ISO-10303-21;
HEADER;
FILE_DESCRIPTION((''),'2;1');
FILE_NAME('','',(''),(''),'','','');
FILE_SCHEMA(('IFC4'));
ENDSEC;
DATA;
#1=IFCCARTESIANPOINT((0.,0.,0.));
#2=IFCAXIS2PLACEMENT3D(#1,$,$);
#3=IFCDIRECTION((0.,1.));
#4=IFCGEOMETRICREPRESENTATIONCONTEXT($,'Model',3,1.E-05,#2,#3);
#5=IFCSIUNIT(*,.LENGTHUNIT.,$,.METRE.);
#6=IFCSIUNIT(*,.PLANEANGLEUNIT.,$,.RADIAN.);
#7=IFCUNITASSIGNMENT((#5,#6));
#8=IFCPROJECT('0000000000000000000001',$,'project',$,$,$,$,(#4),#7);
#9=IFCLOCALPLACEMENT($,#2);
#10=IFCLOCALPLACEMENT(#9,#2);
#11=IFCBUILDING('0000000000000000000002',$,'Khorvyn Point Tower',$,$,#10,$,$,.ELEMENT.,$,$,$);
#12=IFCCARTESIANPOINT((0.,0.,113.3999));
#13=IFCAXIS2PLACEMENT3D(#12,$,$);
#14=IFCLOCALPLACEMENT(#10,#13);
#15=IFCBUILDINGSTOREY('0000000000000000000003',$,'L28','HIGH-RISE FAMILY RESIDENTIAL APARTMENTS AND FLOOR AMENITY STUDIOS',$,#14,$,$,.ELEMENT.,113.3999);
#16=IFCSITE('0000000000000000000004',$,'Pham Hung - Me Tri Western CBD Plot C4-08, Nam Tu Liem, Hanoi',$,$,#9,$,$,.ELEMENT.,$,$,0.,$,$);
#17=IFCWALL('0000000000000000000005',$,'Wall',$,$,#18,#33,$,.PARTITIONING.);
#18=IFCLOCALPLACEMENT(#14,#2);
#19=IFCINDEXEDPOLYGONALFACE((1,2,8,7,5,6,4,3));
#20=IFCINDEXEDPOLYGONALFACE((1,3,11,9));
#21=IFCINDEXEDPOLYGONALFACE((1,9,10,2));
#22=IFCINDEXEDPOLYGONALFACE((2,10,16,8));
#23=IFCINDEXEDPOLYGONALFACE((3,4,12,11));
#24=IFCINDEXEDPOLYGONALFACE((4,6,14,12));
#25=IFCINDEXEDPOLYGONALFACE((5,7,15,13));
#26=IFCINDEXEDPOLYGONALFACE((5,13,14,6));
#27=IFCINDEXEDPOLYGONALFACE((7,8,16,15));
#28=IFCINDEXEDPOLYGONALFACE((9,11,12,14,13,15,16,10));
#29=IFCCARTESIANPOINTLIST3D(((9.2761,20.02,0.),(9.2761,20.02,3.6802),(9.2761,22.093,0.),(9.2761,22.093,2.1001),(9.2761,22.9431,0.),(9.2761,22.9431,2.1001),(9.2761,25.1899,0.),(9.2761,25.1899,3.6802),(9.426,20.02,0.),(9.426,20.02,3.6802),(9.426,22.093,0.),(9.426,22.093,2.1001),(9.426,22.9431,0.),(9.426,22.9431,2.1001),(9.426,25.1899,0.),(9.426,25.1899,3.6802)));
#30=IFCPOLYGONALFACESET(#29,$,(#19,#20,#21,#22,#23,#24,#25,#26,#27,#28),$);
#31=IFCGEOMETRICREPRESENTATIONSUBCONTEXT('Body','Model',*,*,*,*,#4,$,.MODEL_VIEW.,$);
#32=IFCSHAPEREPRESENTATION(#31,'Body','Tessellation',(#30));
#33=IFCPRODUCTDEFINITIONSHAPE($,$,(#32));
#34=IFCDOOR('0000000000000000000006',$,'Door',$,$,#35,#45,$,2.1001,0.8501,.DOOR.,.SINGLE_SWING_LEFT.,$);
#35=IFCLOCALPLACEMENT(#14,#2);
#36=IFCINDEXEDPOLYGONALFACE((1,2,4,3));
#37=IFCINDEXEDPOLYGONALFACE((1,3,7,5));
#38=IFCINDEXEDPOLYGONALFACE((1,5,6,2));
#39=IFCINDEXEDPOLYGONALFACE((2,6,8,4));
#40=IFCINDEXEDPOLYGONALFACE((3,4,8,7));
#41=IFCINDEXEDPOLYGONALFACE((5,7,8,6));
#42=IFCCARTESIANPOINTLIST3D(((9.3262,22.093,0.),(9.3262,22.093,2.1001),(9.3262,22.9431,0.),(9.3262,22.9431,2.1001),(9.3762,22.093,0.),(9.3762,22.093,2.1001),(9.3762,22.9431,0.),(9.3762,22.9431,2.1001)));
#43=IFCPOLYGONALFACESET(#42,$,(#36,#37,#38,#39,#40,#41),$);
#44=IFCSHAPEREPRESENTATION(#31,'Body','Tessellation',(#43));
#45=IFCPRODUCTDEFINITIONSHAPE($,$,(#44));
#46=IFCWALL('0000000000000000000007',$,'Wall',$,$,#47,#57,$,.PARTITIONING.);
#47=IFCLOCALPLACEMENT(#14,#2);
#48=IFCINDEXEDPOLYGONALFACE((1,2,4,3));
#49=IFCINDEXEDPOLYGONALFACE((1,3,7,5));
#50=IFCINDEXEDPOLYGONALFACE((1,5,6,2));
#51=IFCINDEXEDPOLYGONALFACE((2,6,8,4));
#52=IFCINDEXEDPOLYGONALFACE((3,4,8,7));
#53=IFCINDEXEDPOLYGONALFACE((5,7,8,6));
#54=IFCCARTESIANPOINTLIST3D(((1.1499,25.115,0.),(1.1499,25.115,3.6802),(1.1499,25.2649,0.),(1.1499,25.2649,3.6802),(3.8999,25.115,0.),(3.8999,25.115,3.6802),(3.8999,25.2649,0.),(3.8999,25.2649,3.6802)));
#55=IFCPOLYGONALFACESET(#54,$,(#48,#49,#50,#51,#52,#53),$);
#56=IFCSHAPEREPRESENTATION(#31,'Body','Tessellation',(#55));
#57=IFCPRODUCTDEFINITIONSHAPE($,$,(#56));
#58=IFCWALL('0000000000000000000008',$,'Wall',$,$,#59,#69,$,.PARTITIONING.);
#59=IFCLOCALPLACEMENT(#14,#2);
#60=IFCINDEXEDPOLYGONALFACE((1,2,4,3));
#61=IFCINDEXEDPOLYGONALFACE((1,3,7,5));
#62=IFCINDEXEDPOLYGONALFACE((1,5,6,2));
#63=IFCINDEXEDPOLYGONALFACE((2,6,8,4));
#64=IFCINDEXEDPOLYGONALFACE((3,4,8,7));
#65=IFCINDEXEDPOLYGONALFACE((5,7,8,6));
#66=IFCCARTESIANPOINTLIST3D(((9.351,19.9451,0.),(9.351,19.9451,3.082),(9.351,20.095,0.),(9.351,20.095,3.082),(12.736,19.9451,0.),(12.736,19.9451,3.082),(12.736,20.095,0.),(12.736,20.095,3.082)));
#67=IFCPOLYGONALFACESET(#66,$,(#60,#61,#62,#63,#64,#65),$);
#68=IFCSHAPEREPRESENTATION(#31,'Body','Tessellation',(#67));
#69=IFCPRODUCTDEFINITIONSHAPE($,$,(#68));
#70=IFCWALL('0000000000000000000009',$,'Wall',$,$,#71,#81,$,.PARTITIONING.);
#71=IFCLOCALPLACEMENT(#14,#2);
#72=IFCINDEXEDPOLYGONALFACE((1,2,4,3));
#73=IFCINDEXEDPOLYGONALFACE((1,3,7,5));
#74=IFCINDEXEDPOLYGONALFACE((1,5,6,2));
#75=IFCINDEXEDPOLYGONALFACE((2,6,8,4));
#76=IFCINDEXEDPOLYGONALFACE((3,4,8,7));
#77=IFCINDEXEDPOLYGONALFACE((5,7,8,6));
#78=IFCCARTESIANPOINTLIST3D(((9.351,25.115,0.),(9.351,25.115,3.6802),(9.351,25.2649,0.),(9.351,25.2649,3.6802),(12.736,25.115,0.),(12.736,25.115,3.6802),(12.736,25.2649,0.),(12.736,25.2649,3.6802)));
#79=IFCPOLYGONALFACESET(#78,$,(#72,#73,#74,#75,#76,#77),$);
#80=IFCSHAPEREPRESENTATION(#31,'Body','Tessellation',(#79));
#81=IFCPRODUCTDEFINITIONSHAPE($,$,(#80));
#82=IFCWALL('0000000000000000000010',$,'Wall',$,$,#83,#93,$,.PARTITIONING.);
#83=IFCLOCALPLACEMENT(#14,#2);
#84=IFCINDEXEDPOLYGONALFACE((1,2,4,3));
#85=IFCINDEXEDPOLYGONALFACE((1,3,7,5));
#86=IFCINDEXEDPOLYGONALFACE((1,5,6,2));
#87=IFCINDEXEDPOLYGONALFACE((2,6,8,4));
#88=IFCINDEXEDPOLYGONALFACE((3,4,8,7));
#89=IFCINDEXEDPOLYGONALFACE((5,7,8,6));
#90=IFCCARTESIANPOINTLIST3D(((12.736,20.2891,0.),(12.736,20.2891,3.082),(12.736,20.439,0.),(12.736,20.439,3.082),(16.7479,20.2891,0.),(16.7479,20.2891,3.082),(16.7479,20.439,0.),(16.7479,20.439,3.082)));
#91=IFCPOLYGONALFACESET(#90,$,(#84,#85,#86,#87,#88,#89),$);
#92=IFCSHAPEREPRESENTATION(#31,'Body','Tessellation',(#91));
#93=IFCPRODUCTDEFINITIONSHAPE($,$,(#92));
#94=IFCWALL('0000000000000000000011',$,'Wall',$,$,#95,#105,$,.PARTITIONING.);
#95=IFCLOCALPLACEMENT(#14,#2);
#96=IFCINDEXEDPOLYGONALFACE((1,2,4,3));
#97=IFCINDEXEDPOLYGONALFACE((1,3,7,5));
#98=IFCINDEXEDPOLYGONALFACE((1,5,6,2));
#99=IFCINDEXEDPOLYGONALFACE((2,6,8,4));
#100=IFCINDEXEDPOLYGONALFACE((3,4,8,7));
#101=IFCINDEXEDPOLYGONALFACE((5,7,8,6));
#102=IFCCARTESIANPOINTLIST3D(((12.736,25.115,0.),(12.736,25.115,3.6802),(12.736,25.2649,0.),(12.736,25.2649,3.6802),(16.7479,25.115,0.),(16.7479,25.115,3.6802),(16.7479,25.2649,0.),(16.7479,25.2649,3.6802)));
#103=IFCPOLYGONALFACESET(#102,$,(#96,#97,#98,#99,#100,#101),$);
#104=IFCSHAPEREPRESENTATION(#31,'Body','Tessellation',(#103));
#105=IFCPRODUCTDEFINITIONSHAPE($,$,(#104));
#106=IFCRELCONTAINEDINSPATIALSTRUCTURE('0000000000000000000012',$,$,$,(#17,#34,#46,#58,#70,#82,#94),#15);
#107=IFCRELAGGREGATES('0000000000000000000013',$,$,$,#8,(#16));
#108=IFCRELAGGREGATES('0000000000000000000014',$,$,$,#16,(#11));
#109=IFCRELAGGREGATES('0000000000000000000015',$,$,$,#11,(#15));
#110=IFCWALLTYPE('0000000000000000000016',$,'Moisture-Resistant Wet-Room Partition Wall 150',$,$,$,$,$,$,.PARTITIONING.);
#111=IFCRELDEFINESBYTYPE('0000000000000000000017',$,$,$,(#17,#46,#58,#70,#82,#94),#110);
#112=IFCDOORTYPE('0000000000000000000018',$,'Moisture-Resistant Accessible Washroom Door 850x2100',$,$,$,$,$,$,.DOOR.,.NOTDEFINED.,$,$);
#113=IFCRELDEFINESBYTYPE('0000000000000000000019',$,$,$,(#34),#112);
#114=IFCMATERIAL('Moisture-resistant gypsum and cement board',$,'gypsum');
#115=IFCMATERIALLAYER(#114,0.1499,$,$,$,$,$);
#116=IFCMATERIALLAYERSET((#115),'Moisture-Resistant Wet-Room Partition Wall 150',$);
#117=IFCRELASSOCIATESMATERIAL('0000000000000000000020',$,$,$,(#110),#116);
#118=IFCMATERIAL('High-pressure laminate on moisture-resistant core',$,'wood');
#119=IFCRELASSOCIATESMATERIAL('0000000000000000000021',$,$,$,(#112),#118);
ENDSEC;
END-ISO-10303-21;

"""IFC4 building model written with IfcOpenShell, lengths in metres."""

from ifc_helpers import new_model, si_unit, direction, frame, frame_2d, origin, place, context, subcontext, project, spatial, rectangle, extrude, material, layer, layer_set, type_object, element, fill, save


model = new_model("IFC4")

# Units and contexts
model_context = context("Model", 3, precision=1e-05, world=origin(), true_north=direction((0.0, 1.0)))
body_context = subcontext(model_context, "Body", "Model", "MODEL_VIEW")
ifc_project = project(units=[si_unit("LENGTHUNIT", "METRE"), si_unit("PLANEANGLEUNIT", "RADIAN")], contexts=[model_context])

# Site, building, storey
site_placement = place(None, origin())
site = spatial("IfcSite", under=ifc_project, at=site_placement, Name="Pham Hung - Me Tri Western CBD Plot C4-08, Nam Tu Liem, Hanoi", CompositionType="ELEMENT", RefElevation=0.0)
building_placement = place(site_placement, origin())
building = spatial("IfcBuilding", under=site, at=building_placement, Name="Khorvyn Point Tower", CompositionType="ELEMENT")
storey_placement = place(building_placement, frame((0.0, 0.0, 113.3999)))
storey = spatial("IfcBuildingStorey", under=building, at=storey_placement, Name="L28", Description="HIGH-RISE FAMILY RESIDENTIAL APARTMENTS AND FLOOR AMENITY STUDIOS", CompositionType="ELEMENT", Elevation=113.3999)

# Wall, opening, door
ifc_material_1 = material(Name="Moisture-resistant gypsum and cement board", Category="gypsum")
ifc_layer_1 = layer(ifc_material_1, 0.1499)
ifc_layer_set_1 = layer_set([ifc_layer_1], Name="Moisture-Resistant Wet-Room Partition Wall 150")
wall_type_1 = type_object("IfcWallType", Name="Moisture-Resistant Wet-Room Partition Wall 150", PredefinedType="PARTITIONING", material=ifc_layer_set_1)
wall_1_placement = place(storey_placement, frame((9.3511, 20.02, 0.0), z_axis=(0.0, 0.0, 1.0), x_axis=(0.0, 1.0, 0.0)))
wall_1 = element("IfcWall", 1, at=wall_1_placement, inside=storey, type_object=wall_type_1, Name="Wall", PredefinedType="PARTITIONING", context=body_context, shape_type="SweptSolid", body=[
    extrude(rectangle(XDim=5.1699, YDim=0.1499, at=frame_2d((2.585, 0.0))), origin(), (0.0, 0.0, 1.0), 3.6802),
])
opening_1_placement = place(wall_1_placement, frame((2.073, 0.0, 0.0)))
opening_1 = element("IfcOpeningElement", 2, at=opening_1_placement, cuts=wall_1, PredefinedType="OPENING", context=body_context, shape_type="SweptSolid", body=[
    extrude(rectangle(XDim=0.8501, YDim=2.1001, at=frame_2d((0.425, 1.05))), frame((0.0, 0.085, 0.0), z_axis=(0.0, -1.0, 0.0), x_axis=(1.0, 0.0, 0.0)), (0.0, 0.0, 1.0), 0.1699),
])
ifc_material_2 = material(Name="High-pressure laminate on moisture-resistant core", Category="wood")
door_type_1 = type_object("IfcDoorType", Name="Moisture-Resistant Accessible Washroom Door 850x2100", OperationType="NOTDEFINED", PredefinedType="DOOR", material=ifc_material_2)
door_1_placement = place(opening_1_placement, origin())
door_1 = element("IfcDoor", 3, at=door_1_placement, inside=storey, type_object=door_type_1, Name="Door", OperationType="SINGLE_SWING_LEFT", OverallHeight=2.1001, OverallWidth=0.8501, PredefinedType="DOOR", context=body_context, shape_type="SweptSolid", body=[
    extrude(rectangle(XDim=0.8501, YDim=2.1001, at=frame_2d((0.425, 1.05))), frame((0.0, 0.0249, 0.0), z_axis=(0.0, -1.0, 0.0), x_axis=(1.0, 0.0, 0.0)), (0.0, 0.0, 1.0), 0.05),
])
fill(opening_1, door_1)

# Walls
wall_2_placement = place(storey_placement, frame((1.1499, 25.1899, 0.0), z_axis=(0.0, 0.0, 1.0), x_axis=(1.0, 0.0, 0.0)))
element("IfcWall", 4, at=wall_2_placement, inside=storey, type_object=wall_type_1, Name="Wall", PredefinedType="PARTITIONING", context=body_context, shape_type="SweptSolid", body=[
    extrude(rectangle(XDim=2.75, YDim=0.1499, at=frame_2d((1.375, 0.0))), origin(), (0.0, 0.0, 1.0), 3.6802),
])
wall_3_placement = place(storey_placement, frame((9.3511, 20.02, 0.0), z_axis=(0.0, 0.0, 1.0), x_axis=(1.0, 0.0, 0.0)))
element("IfcWall", 5, at=wall_3_placement, inside=storey, type_object=wall_type_1, Name="Wall", PredefinedType="PARTITIONING", context=body_context, shape_type="SweptSolid", body=[
    extrude(rectangle(XDim=3.385, YDim=0.1499, at=frame_2d((1.6924, 0.0))), origin(), (0.0, 0.0, 1.0), 3.082),
])
wall_4_placement = place(storey_placement, frame((9.3511, 25.1899, 0.0), z_axis=(0.0, 0.0, 1.0), x_axis=(1.0, 0.0, 0.0)))
element("IfcWall", 6, at=wall_4_placement, inside=storey, type_object=wall_type_1, Name="Wall", PredefinedType="PARTITIONING", context=body_context, shape_type="SweptSolid", body=[
    extrude(rectangle(XDim=3.385, YDim=0.1499, at=frame_2d((1.6924, 0.0))), origin(), (0.0, 0.0, 1.0), 3.6802),
])
wall_5_placement = place(storey_placement, frame((12.7361, 20.364, 0.0), z_axis=(0.0, 0.0, 1.0), x_axis=(1.0, 0.0, 0.0)))
element("IfcWall", 7, at=wall_5_placement, inside=storey, type_object=wall_type_1, Name="Wall", PredefinedType="PARTITIONING", context=body_context, shape_type="SweptSolid", body=[
    extrude(rectangle(XDim=4.012, YDim=0.1499, at=frame_2d((2.0059, 0.0))), origin(), (0.0, 0.0, 1.0), 3.082),
])
wall_6_placement = place(storey_placement, frame((12.7361, 25.1899, 0.0), z_axis=(0.0, 0.0, 1.0), x_axis=(1.0, 0.0, 0.0)))
element("IfcWall", 8, at=wall_6_placement, inside=storey, type_object=wall_type_1, Name="Wall", PredefinedType="PARTITIONING", context=body_context, shape_type="SweptSolid", body=[
    extrude(rectangle(XDim=4.012, YDim=0.1499, at=frame_2d((2.0059, 0.0))), origin(), (0.0, 0.0, 1.0), 3.6802),
])

save(model, "model.ifc")
